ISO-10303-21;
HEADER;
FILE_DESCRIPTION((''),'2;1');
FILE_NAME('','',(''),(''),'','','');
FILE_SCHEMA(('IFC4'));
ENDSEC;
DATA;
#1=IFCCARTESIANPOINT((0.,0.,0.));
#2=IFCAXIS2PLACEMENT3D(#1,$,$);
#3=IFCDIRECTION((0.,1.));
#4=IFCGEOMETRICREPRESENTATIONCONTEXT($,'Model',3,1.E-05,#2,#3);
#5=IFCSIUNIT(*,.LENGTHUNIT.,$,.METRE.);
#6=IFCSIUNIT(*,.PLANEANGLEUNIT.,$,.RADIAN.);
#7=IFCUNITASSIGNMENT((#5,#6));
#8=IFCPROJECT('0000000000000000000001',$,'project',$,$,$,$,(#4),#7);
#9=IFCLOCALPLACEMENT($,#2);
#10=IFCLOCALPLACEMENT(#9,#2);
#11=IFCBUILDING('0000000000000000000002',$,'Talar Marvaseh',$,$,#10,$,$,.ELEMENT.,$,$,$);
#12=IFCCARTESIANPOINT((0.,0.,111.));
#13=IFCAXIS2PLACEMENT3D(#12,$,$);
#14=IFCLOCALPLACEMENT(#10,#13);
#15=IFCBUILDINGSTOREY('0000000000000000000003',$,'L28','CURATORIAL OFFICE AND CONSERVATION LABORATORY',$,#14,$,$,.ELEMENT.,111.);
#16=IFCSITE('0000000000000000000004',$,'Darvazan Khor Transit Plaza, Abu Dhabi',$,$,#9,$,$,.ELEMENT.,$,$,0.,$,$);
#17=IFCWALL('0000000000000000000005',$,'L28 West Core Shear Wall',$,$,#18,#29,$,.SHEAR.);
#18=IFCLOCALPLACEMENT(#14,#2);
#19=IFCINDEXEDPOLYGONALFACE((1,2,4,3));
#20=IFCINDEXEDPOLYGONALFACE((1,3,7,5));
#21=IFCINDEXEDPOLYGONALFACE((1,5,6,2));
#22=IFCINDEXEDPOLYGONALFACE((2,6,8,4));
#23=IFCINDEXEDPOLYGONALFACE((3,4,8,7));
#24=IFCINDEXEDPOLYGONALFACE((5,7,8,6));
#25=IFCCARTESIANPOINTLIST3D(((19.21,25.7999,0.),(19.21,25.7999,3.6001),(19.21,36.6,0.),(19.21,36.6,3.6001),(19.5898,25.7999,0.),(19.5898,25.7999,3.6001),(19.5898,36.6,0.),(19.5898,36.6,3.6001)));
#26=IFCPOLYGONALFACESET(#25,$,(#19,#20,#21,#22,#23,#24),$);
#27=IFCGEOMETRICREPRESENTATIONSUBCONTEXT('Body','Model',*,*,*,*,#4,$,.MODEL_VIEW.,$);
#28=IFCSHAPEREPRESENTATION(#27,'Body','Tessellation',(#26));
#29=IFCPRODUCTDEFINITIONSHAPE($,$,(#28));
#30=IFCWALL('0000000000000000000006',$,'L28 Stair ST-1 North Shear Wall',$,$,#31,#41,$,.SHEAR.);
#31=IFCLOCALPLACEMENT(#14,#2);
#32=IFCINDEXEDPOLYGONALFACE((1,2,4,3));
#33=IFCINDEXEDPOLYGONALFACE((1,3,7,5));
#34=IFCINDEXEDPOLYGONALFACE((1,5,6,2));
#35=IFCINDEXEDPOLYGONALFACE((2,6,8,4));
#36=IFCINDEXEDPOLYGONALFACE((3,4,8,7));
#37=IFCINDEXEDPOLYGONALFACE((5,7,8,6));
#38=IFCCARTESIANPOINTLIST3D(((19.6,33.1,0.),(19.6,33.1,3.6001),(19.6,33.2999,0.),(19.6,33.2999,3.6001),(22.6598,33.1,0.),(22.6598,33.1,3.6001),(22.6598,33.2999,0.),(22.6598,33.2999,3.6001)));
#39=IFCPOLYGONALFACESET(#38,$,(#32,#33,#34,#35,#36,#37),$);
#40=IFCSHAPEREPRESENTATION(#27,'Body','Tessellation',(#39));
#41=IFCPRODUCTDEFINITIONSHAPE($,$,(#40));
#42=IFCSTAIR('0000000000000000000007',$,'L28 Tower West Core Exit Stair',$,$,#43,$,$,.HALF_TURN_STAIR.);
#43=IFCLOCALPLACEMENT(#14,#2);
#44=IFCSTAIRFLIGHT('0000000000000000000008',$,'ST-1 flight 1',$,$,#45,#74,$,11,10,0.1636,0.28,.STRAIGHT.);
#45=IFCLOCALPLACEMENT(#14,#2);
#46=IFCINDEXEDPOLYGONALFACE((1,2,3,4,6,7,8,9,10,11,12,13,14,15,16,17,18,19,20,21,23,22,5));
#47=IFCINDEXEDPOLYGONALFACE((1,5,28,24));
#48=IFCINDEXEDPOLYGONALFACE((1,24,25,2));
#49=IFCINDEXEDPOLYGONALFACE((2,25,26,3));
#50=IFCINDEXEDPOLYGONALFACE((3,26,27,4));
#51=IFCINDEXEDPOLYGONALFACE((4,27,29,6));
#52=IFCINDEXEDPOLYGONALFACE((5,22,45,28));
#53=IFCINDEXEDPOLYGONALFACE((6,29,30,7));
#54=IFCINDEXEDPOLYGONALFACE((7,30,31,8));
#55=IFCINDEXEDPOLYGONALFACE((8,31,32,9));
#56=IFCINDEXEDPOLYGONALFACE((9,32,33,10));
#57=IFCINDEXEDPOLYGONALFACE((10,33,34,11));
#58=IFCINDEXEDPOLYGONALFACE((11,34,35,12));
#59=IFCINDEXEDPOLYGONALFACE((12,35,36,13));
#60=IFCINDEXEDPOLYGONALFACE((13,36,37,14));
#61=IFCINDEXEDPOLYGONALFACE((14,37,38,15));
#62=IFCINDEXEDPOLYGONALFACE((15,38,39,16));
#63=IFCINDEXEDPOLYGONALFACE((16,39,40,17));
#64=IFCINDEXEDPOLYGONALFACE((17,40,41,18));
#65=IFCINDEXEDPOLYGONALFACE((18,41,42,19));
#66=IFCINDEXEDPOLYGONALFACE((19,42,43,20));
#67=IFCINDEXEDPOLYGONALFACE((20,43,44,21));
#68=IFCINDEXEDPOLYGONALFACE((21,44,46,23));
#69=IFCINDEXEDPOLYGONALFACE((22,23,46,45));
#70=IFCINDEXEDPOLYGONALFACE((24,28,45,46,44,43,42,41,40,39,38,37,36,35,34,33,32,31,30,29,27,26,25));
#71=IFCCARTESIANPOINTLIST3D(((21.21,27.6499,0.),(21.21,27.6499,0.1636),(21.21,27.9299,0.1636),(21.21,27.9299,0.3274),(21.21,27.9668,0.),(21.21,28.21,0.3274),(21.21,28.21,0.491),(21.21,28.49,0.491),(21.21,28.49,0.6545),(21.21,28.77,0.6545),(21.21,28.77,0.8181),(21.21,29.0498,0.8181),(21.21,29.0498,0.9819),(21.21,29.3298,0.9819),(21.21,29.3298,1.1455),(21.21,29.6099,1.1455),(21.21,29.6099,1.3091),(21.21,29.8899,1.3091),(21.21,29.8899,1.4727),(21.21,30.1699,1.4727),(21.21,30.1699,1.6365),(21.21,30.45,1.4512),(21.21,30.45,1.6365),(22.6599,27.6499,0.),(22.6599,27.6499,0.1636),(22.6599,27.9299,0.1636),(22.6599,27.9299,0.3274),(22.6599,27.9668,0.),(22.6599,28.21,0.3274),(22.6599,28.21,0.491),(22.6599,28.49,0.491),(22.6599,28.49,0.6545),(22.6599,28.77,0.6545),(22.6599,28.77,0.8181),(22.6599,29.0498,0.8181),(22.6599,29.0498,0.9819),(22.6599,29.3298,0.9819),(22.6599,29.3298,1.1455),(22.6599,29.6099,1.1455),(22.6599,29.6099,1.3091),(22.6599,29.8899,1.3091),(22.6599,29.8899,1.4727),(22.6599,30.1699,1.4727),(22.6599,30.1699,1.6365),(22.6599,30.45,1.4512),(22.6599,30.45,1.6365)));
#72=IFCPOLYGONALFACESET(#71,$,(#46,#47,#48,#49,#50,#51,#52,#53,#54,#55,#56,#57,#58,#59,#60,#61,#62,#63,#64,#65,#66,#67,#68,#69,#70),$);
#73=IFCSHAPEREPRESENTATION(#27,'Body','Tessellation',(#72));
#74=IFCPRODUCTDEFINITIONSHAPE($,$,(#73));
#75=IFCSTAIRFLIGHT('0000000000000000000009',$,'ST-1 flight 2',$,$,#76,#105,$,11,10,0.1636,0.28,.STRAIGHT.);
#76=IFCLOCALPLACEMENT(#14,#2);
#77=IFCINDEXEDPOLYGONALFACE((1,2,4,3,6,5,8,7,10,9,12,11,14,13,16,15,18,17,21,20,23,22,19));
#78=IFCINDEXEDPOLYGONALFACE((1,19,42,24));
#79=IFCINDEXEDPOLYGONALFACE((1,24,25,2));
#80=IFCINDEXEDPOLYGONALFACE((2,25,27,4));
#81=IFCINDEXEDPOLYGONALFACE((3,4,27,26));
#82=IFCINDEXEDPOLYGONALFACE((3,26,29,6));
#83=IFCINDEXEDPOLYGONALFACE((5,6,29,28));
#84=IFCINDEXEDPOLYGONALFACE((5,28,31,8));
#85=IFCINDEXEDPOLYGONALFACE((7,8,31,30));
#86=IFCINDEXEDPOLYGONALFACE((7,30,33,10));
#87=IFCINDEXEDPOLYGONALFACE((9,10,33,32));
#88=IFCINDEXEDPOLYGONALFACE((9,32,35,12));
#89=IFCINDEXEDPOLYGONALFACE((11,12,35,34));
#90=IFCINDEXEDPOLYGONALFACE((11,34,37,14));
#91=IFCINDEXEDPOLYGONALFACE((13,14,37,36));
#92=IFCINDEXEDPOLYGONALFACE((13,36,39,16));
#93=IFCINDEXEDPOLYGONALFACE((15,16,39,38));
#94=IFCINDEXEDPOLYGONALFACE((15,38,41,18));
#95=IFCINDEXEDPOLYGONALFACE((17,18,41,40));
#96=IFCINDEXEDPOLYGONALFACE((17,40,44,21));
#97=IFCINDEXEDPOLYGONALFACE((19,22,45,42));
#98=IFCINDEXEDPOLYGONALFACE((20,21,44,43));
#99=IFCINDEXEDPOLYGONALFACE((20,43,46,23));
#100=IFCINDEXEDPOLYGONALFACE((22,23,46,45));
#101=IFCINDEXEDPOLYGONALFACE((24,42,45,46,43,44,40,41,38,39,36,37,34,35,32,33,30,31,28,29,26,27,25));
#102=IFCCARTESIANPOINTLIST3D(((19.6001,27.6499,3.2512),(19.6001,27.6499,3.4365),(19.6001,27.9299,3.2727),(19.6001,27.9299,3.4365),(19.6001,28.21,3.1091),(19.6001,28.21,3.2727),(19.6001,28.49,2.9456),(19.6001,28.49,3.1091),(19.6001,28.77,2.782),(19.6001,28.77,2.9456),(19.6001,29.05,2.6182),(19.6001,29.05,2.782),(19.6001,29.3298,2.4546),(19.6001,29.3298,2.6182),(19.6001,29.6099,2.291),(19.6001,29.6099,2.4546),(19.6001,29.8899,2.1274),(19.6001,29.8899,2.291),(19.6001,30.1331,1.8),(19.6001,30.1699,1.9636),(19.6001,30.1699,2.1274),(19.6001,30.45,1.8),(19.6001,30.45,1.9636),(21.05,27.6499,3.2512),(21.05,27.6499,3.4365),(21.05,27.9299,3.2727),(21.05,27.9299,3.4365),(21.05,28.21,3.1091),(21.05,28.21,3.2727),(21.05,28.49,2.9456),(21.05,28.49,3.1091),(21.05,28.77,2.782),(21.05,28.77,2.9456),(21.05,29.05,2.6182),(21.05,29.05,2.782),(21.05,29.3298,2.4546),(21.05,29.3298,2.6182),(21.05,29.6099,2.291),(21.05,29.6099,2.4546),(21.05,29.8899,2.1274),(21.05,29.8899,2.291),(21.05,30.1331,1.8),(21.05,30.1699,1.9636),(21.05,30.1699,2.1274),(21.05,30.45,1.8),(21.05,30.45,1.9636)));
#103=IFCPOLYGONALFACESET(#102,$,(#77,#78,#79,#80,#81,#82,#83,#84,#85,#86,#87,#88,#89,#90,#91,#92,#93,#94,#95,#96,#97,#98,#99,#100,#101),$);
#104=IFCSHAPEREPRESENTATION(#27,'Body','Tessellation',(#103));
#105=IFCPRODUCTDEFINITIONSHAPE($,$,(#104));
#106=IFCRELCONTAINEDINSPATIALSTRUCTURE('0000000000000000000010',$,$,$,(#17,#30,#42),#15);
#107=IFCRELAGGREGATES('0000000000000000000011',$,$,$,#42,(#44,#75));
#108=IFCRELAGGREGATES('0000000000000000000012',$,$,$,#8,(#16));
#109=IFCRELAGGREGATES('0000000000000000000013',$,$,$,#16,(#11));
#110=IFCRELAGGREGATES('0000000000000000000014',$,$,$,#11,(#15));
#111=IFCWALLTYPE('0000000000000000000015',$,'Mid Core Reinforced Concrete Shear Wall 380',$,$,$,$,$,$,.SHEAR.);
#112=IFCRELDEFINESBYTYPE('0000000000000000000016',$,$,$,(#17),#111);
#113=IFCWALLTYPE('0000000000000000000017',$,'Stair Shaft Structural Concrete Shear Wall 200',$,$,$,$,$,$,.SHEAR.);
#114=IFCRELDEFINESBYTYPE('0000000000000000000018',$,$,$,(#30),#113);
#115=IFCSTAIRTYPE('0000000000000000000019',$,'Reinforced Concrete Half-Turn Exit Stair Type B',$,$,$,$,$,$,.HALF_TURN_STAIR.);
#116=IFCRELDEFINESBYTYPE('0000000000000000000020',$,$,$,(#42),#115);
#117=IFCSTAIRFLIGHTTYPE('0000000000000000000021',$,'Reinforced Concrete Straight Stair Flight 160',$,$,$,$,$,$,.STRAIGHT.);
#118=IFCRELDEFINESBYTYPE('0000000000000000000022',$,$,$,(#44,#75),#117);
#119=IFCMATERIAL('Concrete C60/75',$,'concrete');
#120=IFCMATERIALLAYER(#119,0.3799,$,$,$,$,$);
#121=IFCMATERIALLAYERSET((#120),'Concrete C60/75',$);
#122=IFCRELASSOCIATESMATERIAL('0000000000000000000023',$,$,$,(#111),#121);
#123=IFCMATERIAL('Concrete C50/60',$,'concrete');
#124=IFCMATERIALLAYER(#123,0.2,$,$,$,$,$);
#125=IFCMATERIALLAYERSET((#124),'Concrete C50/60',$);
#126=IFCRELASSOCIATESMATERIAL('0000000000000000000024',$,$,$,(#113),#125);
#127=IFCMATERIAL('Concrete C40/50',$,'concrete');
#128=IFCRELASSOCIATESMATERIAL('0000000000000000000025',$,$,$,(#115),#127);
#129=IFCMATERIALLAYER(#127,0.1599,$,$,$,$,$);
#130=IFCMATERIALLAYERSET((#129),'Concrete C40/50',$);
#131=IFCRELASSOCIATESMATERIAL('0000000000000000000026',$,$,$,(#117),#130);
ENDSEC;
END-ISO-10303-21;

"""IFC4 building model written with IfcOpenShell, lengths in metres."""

from ifc_helpers import new_model, si_unit, direction, frame, frame_2d, origin, place, context, subcontext, project, spatial, polyline, rectangle, outline, extrude, material, layer, layer_set, type_object, element, aggregate, save


model = new_model("IFC4")

# Units and contexts
model_context = context("Model", 3, precision=1e-05, world=origin(), true_north=direction((0.0, 1.0)))
body_context = subcontext(model_context, "Body", "Model", "MODEL_VIEW")
ifc_project = project(units=[si_unit("LENGTHUNIT", "METRE"), si_unit("PLANEANGLEUNIT", "RADIAN")], contexts=[model_context])

# Site, building, storey
site_placement = place(None, origin())
site = spatial("IfcSite", under=ifc_project, at=site_placement, Name="Darvazan Khor Transit Plaza, Abu Dhabi", CompositionType="ELEMENT", RefElevation=0.0)
building_placement = place(site_placement, origin())
building = spatial("IfcBuilding", under=site, at=building_placement, Name="Talar Marvaseh", CompositionType="ELEMENT")
storey_placement = place(building_placement, frame((0.0, 0.0, 111.0)))
storey = spatial("IfcBuildingStorey", under=building, at=storey_placement, Name="L28", Description="CURATORIAL OFFICE AND CONSERVATION LABORATORY", CompositionType="ELEMENT", Elevation=111.0)

# Shared definitions
ifc_material_1 = material(Name="Concrete C60/75", Category="concrete")

# Walls
ifc_layer_1 = layer(ifc_material_1, 0.3799)
ifc_layer_set_1 = layer_set([ifc_layer_1], Name="Concrete C60/75")
wall_type_1 = type_object("IfcWallType", Name="Mid Core Reinforced Concrete Shear Wall 380", PredefinedType="SHEAR", material=ifc_layer_set_1)
wall_1_placement = place(storey_placement, frame((19.3999, 25.8, 0.0), z_axis=(0.0, 0.0, 1.0), x_axis=(0.0, 1.0, 0.0)))
element("IfcWall", 1, at=wall_1_placement, inside=storey, type_object=wall_type_1, Name="L28 West Core Shear Wall", PredefinedType="SHEAR", context=body_context, shape_type="SweptSolid", body=[
    extrude(rectangle(XDim=10.8, YDim=0.3799, at=frame_2d((5.3999, 0.0))), origin(), (0.0, 0.0, 1.0), 3.6001),
])
ifc_material_2 = material(Name="Concrete C50/60", Category="concrete")
ifc_layer_2 = layer(ifc_material_2, 0.2)
ifc_layer_set_2 = layer_set([ifc_layer_2], Name="Concrete C50/60")
wall_type_2 = type_object("IfcWallType", Name="Stair Shaft Structural Concrete Shear Wall 200", PredefinedType="SHEAR", material=ifc_layer_set_2)
wall_2_placement = place(storey_placement, frame((19.6001, 33.2, 0.0), z_axis=(0.0, 0.0, 1.0), x_axis=(1.0, 0.0, 0.0)))
element("IfcWall", 2, at=wall_2_placement, inside=storey, type_object=wall_type_2, Name="L28 Stair ST-1 North Shear Wall", PredefinedType="SHEAR", context=body_context, shape_type="SweptSolid", body=[
    extrude(rectangle(XDim=3.0598, YDim=0.2, at=frame_2d((1.5298, 0.0))), origin(), (0.0, 0.0, 1.0), 3.6001),
])

# Stair, stair flights
ifc_material_3 = material(Name="Concrete C40/50", Category="concrete")
stair_type = type_object("IfcStairType", Name="Reinforced Concrete Half-Turn Exit Stair Type B", PredefinedType="HALF_TURN_STAIR", material=ifc_material_3)
stair_placement = place(storey_placement, origin())
stair = element("IfcStair", 3, at=stair_placement, inside=storey, type_object=stair_type, Name="L28 Tower West Core Exit Stair", PredefinedType="HALF_TURN_STAIR")
ifc_layer_3 = layer(ifc_material_3, 0.1599)
ifc_layer_set_3 = layer_set([ifc_layer_3], Name="Concrete C40/50")
stair_flight_type = type_object("IfcStairFlightType", Name="Reinforced Concrete Straight Stair Flight 160", PredefinedType="STRAIGHT", material=ifc_layer_set_3)
stair_flight_1_placement = place(storey_placement, frame((21.9351, 27.6499, 0.0), z_axis=(0.0, 0.0, 1.0), x_axis=(0.0, 1.0, 0.0)))
stair_flight_1 = element("IfcStairFlight", 4, at=stair_flight_1_placement, type_object=stair_flight_type, Name="ST-1 flight 1", NumberOfRisers=11, NumberOfTreads=10, PredefinedType="STRAIGHT", RiserHeight=0.1636, TreadLength=0.28, context=body_context, shape_type="SweptSolid", body=[
    extrude(outline(polyline([(0.0, 0.0), (0.0, 0.1636), (0.28, 0.1636), (0.28, 0.3274), (0.5601, 0.3274), (0.5601, 0.491), (0.8401, 0.491), (0.8401, 0.6545), (1.1201, 0.6545), (1.1201, 0.8181), (1.3999, 0.8181), (1.3999, 0.9819), (1.6799, 0.9819), (1.6799, 1.1455), (1.96, 1.1455), (1.96, 1.3091), (2.24, 1.3091), (2.24, 1.4727), (2.52, 1.4727), (2.52, 1.6365), (2.8, 1.6365), (2.8, 1.8), (2.8, 1.4512), (0.3169, 0.0), (0.0, 0.0)])), frame((0.0, 0.7251, 0.0), z_axis=(0.0, -1.0, 0.0), x_axis=(1.0, 0.0, 0.0)), (0.0, 0.0, 1.0), 1.45),
])
stair_flight_2_placement = place(storey_placement, frame((20.325, 30.45, 1.8), z_axis=(0.0, 0.0, 1.0), x_axis=(0.0, -1.0, 0.0)))
stair_flight_2 = element("IfcStairFlight", 5, at=stair_flight_2_placement, type_object=stair_flight_type, Name="ST-1 flight 2", NumberOfRisers=11, NumberOfTreads=10, PredefinedType="STRAIGHT", RiserHeight=0.1636, TreadLength=0.28, context=body_context, shape_type="SweptSolid", body=[
    extrude(outline(polyline([(0.0, 0.0), (0.0, 0.1636), (0.28, 0.1636), (0.28, 0.3274), (0.5601, 0.3274), (0.5601, 0.491), (0.8401, 0.491), (0.8401, 0.6545), (1.1201, 0.6545), (1.1201, 0.8181), (1.3999, 0.8181), (1.3999, 0.9819), (1.6799, 0.9819), (1.6799, 1.1455), (1.96, 1.1455), (1.96, 1.3091), (2.24, 1.3091), (2.24, 1.4727), (2.52, 1.4727), (2.52, 1.6365), (2.8, 1.6365), (2.8, 1.8), (2.8, 1.4512), (0.3169, 0.0), (0.0, 0.0)])), frame((0.0, 0.7251, 0.0), z_axis=(0.0, -1.0, 0.0), x_axis=(1.0, 0.0, 0.0)), (0.0, 0.0, 1.0), 1.45),
])
aggregate(stair, [stair_flight_1, stair_flight_2])

save(model, "model.ifc")
